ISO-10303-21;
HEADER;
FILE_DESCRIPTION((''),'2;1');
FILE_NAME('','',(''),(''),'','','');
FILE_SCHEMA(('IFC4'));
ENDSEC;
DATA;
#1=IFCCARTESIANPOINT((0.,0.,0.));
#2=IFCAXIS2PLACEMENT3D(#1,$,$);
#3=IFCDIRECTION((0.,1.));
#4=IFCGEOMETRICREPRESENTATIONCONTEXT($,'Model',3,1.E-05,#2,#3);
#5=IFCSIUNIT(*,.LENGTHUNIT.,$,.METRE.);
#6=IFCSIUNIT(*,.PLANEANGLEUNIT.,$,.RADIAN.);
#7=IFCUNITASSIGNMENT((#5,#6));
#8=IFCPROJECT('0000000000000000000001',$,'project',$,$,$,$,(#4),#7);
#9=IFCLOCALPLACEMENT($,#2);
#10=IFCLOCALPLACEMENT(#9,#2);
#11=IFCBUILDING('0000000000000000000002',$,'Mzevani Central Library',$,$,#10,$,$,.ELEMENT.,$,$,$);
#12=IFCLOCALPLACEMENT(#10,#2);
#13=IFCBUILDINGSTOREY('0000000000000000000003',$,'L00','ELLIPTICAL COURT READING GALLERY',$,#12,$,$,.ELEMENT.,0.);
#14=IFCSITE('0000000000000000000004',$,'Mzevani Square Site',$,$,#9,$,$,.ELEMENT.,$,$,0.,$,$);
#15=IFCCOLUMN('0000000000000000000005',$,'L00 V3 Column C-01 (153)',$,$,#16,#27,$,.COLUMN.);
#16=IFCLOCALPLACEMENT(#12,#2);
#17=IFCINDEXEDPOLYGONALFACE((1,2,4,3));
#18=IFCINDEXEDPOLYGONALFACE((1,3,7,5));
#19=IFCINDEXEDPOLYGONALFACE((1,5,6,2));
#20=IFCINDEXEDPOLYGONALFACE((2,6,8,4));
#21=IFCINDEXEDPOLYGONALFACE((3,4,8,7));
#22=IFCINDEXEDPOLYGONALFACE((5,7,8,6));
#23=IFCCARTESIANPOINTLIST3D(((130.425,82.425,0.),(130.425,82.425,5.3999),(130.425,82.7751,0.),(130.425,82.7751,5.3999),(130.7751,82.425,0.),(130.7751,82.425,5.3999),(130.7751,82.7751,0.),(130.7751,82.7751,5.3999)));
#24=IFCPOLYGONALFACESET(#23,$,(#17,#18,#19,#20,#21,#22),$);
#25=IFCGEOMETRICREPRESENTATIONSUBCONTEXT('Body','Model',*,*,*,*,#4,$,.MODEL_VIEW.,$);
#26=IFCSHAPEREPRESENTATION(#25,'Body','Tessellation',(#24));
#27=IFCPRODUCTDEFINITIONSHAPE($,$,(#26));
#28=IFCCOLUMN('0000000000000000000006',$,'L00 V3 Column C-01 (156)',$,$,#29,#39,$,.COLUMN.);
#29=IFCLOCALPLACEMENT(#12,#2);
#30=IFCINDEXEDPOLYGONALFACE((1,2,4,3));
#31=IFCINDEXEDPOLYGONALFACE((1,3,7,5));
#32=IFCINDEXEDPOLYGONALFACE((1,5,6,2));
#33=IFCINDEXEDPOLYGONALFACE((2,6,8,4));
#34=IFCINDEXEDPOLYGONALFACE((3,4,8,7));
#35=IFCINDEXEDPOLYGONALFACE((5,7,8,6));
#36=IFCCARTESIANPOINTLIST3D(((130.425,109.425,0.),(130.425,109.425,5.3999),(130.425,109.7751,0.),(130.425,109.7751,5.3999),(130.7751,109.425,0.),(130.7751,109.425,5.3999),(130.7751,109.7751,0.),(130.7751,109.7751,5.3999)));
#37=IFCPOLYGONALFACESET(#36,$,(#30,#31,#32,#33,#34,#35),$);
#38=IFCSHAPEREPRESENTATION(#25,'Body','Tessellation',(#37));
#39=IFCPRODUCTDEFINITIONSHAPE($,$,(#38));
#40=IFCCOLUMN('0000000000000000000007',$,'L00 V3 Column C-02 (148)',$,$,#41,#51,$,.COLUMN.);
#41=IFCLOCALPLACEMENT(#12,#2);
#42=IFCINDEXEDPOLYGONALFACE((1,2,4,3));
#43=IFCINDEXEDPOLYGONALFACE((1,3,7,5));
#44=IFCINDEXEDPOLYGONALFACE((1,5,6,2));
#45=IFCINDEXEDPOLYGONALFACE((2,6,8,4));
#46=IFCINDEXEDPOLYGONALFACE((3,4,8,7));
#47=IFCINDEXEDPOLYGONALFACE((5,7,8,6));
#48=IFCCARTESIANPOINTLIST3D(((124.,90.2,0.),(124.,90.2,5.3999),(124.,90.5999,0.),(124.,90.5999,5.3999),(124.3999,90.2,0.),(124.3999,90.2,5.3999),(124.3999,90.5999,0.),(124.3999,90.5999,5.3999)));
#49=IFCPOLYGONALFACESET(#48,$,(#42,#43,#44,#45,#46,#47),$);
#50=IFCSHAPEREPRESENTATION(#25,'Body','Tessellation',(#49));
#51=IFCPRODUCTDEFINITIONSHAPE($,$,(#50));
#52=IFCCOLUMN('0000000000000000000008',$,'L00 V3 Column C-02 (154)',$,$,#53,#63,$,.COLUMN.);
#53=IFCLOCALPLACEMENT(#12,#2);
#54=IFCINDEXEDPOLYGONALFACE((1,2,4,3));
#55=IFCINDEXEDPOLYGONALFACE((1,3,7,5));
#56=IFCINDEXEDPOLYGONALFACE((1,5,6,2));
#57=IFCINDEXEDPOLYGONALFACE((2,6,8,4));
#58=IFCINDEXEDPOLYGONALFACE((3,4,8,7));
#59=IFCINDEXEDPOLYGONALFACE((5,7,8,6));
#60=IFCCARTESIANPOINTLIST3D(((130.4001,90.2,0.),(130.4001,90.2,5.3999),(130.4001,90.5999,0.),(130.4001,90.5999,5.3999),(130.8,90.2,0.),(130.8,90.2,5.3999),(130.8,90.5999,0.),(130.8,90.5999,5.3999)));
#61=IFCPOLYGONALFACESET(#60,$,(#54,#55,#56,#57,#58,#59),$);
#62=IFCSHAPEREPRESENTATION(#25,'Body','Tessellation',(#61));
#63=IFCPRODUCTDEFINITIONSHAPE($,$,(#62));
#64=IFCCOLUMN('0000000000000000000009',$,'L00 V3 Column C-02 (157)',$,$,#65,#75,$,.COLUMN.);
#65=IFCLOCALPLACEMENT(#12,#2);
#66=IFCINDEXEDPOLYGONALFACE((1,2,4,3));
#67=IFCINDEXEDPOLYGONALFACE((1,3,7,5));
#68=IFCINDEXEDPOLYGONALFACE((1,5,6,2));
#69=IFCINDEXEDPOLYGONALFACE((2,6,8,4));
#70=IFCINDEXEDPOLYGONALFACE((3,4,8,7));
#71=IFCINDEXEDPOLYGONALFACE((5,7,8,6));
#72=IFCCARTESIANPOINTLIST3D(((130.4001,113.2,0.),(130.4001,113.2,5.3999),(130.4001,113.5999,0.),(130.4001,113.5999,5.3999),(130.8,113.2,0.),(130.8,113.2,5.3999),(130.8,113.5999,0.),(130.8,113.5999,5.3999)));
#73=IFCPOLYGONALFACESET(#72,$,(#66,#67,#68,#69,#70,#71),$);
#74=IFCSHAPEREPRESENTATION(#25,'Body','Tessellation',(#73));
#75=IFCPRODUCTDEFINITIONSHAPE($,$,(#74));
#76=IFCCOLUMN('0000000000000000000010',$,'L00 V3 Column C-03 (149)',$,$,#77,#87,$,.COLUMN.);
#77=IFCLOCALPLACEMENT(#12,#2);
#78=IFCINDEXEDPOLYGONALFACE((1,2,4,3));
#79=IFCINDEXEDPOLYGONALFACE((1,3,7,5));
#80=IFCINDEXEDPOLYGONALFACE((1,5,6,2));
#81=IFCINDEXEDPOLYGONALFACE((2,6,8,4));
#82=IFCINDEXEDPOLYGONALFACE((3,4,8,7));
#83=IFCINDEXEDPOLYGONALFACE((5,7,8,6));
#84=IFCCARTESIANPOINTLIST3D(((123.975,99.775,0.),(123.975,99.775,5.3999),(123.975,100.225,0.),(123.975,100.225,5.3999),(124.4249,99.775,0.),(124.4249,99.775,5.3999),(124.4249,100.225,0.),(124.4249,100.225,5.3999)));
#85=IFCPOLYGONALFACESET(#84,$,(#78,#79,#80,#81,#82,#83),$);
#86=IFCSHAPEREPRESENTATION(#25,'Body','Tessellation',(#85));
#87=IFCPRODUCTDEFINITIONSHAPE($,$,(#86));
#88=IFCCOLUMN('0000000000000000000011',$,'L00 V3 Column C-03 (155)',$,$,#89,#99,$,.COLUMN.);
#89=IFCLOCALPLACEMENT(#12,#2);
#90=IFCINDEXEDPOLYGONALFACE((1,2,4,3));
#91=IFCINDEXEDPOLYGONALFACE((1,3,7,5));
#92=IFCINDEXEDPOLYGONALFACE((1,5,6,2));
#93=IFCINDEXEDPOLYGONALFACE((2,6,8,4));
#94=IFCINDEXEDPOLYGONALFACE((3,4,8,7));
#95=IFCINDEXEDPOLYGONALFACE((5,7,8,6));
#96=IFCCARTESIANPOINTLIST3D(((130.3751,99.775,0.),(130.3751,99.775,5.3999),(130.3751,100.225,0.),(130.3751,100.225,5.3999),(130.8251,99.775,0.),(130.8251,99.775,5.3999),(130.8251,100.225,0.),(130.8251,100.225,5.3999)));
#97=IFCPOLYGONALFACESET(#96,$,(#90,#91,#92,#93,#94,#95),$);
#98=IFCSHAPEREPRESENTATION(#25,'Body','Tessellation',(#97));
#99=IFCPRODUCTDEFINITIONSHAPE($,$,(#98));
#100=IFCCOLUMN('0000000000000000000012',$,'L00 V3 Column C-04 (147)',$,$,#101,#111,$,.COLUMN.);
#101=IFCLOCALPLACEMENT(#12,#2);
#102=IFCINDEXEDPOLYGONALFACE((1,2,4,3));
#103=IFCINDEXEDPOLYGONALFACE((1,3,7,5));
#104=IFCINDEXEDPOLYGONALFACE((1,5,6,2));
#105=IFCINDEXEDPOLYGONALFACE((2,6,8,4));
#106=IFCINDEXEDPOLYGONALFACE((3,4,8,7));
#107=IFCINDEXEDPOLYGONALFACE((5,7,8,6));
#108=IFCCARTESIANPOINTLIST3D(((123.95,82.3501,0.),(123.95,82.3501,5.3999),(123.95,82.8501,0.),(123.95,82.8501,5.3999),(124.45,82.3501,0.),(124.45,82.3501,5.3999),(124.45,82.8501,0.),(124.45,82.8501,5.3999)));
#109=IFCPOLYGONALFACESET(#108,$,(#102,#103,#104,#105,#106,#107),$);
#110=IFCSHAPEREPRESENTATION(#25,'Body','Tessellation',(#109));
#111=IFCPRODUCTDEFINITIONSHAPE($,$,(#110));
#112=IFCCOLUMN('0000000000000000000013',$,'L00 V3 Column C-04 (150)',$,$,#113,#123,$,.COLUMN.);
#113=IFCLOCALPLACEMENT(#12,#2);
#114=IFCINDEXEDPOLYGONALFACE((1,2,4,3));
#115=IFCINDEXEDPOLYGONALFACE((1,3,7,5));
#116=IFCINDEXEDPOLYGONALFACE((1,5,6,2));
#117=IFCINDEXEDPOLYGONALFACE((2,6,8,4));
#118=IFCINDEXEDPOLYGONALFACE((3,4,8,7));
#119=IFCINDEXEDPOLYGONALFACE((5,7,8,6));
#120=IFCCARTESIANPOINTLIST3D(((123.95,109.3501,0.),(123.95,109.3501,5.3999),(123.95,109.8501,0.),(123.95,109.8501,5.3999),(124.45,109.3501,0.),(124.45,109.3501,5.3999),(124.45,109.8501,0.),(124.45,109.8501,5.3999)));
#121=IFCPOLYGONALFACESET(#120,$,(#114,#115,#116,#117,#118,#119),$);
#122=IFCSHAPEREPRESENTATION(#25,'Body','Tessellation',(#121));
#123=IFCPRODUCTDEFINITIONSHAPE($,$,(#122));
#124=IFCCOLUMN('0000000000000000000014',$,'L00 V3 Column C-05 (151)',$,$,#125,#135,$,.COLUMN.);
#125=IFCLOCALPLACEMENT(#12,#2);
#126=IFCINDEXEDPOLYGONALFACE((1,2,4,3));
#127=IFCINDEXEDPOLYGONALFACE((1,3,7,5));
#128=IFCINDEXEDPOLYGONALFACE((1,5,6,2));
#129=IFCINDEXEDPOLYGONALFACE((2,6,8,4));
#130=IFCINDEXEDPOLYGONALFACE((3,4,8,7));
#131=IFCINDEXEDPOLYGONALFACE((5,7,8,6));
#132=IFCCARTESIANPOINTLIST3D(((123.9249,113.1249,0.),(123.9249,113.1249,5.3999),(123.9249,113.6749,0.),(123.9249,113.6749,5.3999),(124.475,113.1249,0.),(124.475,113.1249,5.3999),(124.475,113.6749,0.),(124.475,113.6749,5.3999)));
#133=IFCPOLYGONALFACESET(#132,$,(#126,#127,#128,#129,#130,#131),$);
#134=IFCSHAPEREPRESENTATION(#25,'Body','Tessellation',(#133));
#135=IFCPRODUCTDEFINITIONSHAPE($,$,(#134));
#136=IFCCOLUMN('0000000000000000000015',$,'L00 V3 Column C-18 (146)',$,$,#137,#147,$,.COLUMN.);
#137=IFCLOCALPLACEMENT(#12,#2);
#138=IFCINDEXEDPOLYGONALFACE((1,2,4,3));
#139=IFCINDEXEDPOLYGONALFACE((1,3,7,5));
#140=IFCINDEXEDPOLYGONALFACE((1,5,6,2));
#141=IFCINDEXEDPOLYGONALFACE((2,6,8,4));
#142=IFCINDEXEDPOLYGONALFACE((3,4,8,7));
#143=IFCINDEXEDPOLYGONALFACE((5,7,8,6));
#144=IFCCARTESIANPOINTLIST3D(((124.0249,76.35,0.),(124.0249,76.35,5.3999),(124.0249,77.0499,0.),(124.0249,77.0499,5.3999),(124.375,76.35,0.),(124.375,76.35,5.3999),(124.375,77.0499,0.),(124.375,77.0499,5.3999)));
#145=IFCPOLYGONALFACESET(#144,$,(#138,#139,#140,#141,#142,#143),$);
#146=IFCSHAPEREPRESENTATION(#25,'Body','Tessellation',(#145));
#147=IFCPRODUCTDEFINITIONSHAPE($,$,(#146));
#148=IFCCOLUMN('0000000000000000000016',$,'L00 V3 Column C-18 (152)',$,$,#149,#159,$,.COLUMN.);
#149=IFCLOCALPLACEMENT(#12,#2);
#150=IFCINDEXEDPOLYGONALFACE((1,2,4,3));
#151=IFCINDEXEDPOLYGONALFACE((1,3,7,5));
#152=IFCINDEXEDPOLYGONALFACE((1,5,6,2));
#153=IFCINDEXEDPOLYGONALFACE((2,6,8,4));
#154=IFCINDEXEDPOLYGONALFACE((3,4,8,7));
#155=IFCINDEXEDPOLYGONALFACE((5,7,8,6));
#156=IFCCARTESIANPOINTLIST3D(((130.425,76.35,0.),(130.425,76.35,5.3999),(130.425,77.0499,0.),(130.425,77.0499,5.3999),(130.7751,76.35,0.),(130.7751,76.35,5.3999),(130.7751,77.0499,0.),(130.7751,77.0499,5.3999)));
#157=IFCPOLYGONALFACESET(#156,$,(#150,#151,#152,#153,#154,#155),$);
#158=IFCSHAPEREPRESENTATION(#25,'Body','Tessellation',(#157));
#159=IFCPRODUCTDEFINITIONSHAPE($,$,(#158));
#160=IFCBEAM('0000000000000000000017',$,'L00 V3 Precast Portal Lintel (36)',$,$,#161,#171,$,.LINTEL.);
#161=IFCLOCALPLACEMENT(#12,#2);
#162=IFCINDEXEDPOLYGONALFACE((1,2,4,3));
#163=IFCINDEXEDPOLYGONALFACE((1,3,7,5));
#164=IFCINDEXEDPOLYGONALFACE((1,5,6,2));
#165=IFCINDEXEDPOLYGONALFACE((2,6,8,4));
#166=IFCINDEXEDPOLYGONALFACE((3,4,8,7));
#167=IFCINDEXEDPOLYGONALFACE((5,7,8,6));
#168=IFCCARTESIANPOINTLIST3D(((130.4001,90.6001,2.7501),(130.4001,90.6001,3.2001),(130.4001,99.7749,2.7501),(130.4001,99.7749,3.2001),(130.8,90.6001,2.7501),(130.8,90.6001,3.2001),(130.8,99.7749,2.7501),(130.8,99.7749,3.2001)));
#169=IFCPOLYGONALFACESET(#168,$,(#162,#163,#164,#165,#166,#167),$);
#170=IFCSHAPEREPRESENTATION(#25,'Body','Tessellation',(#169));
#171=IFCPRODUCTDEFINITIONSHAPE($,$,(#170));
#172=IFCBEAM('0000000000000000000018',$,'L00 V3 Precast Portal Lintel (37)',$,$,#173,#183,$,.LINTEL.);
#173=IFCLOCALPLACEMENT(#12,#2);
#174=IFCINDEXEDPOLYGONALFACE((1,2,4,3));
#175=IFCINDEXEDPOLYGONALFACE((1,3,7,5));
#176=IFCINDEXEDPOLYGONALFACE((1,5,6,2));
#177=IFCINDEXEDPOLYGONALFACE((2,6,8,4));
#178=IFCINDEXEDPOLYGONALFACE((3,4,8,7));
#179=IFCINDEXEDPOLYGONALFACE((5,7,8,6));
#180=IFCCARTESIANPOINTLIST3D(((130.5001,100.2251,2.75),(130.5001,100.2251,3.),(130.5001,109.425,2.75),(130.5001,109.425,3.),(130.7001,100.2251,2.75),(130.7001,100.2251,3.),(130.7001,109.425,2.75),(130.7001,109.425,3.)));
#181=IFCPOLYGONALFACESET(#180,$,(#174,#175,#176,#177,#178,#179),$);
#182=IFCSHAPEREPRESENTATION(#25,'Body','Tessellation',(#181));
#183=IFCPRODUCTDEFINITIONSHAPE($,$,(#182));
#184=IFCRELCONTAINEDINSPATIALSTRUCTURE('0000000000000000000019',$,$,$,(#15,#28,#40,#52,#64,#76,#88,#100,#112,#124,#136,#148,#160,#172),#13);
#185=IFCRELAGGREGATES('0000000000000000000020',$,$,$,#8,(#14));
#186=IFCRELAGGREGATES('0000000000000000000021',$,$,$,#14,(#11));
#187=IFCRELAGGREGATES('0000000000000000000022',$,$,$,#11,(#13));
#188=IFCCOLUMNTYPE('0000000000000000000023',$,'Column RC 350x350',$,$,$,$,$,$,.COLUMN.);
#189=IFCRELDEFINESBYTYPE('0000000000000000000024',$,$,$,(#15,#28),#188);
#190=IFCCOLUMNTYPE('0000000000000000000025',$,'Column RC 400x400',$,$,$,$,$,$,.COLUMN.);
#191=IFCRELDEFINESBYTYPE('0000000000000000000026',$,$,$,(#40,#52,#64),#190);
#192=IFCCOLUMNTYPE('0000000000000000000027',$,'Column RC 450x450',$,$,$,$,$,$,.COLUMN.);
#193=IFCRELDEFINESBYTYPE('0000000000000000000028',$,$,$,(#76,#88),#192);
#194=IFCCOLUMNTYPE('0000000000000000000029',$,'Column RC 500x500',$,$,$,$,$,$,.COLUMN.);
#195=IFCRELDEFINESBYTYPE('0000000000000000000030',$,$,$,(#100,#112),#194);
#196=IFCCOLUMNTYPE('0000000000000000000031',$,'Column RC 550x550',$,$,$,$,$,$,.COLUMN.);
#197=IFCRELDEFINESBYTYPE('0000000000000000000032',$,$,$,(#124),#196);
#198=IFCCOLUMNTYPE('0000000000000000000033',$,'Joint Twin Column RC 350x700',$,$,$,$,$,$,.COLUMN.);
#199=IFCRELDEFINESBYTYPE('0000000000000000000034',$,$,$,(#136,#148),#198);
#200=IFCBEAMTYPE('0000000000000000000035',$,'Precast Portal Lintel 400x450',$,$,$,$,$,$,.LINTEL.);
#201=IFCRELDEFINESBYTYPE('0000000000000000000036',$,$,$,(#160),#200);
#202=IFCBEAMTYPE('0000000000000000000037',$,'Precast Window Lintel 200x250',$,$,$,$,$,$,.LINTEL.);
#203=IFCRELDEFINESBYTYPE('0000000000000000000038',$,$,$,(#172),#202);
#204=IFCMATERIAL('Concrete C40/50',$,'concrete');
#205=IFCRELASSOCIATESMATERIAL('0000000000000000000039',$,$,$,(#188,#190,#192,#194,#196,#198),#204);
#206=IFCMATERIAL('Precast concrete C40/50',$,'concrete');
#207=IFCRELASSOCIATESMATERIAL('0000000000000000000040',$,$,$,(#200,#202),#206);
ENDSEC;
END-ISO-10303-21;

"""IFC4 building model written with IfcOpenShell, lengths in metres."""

from ifc_helpers import new_model, si_unit, direction, frame, origin, origin_2d, place, context, subcontext, project, spatial, rectangle, extrude, material, material_profile, profile_set, type_object, element, save


model = new_model("IFC4")

# Units and contexts
model_context = context("Model", 3, precision=1e-05, world=origin(), true_north=direction((0.0, 1.0)))
body_context = subcontext(model_context, "Body", "Model", "MODEL_VIEW")
ifc_project = project(units=[si_unit("LENGTHUNIT", "METRE"), si_unit("PLANEANGLEUNIT", "RADIAN")], contexts=[model_context])

# Site, building, storey
site_placement = place(None, origin())
site = spatial("IfcSite", under=ifc_project, at=site_placement, Name="Mzevani Square Site", CompositionType="ELEMENT", RefElevation=0.0)
building_placement = place(site_placement, origin())
building = spatial("IfcBuilding", under=site, at=building_placement, Name="Mzevani Central Library", CompositionType="ELEMENT")
storey_placement = place(building_placement, origin())
storey = spatial("IfcBuildingStorey", under=building, at=storey_placement, Name="L00", Description="ELLIPTICAL COURT READING GALLERY", CompositionType="ELEMENT", Elevation=0.0)

# Columns
ifc_material_1 = material(Name="Concrete C40/50", Category="concrete")
ifc_material_profile_1 = material_profile(ifc_material_1, rectangle(XDim=0.3501, YDim=0.3501, at=origin_2d()), Name="RC 350x350")
ifc_profile_set_1 = profile_set([ifc_material_profile_1], Name="Concrete C40/50")
column_type_1 = type_object("IfcColumnType", Name="Column RC 350x350", PredefinedType="COLUMN", material=ifc_profile_set_1)
for number, where, z_axis, x_axis, name in (
    (1, (130.6001, 82.6001, 0.0), (0.0, 0.0, 1.0), (1.0, 0.0, 0.0), "L00 V3 Column C-01 (153)"),
    (2, (130.6001, 109.6001, 0.0), (0.0, 0.0, 1.0), (1.0, 0.0, 0.0), "L00 V3 Column C-01 (156)"),
):
    element("IfcColumn", number, at=place(storey_placement, frame(where, z_axis=z_axis, x_axis=x_axis)), inside=storey, type_object=column_type_1, Name=name, PredefinedType="COLUMN", context=body_context, shape_type="SweptSolid", body=[
        extrude(rectangle(XDim=0.3501, YDim=0.3501, at=origin_2d()), origin(), (0.0, 0.0, 1.0), 5.3999),
    ])
ifc_material_profile_2 = material_profile(ifc_material_1, rectangle(XDim=0.3999, YDim=0.3999, at=origin_2d()), Name="RC 400x400")
ifc_profile_set_2 = profile_set([ifc_material_profile_2], Name="Concrete C40/50")
column_type_2 = type_object("IfcColumnType", Name="Column RC 400x400", PredefinedType="COLUMN", material=ifc_profile_set_2)
for number, where, z_axis, x_axis, name in (
    (3, (124.2, 90.3999, 0.0), (0.0, 0.0, 1.0), (1.0, 0.0, 0.0), "L00 V3 Column C-02 (148)"),
    (4, (130.6001, 90.3999, 0.0), (0.0, 0.0, 1.0), (1.0, 0.0, 0.0), "L00 V3 Column C-02 (154)"),
    (5, (130.6001, 113.3999, 0.0), (0.0, 0.0, 1.0), (1.0, 0.0, 0.0), "L00 V3 Column C-02 (157)"),
):
    element("IfcColumn", number, at=place(storey_placement, frame(where, z_axis=z_axis, x_axis=x_axis)), inside=storey, type_object=column_type_2, Name=name, PredefinedType="COLUMN", context=body_context, shape_type="SweptSolid", body=[
        extrude(rectangle(XDim=0.3999, YDim=0.3999, at=origin_2d()), origin(), (0.0, 0.0, 1.0), 5.3999),
    ])
ifc_material_profile_3 = material_profile(ifc_material_1, rectangle(XDim=0.45, YDim=0.45, at=origin_2d()), Name="RC 450x450")
ifc_profile_set_3 = profile_set([ifc_material_profile_3], Name="Concrete C40/50")
column_type_3 = type_object("IfcColumnType", Name="Column RC 450x450", PredefinedType="COLUMN", material=ifc_profile_set_3)
for number, where, z_axis, x_axis, name in (
    (6, (124.2, 100.0, 0.0), (0.0, 0.0, 1.0), (1.0, 0.0, 0.0), "L00 V3 Column C-03 (149)"),
    (7, (130.6001, 100.0, 0.0), (0.0, 0.0, 1.0), (1.0, 0.0, 0.0), "L00 V3 Column C-03 (155)"),
):
    element("IfcColumn", number, at=place(storey_placement, frame(where, z_axis=z_axis, x_axis=x_axis)), inside=storey, type_object=column_type_3, Name=name, PredefinedType="COLUMN", context=body_context, shape_type="SweptSolid", body=[
        extrude(rectangle(XDim=0.45, YDim=0.45, at=origin_2d()), origin(), (0.0, 0.0, 1.0), 5.3999),
    ])
ifc_material_profile_4 = material_profile(ifc_material_1, rectangle(XDim=0.5, YDim=0.5, at=origin_2d()), Name="RC 500x500")
ifc_profile_set_4 = profile_set([ifc_material_profile_4], Name="Concrete C40/50")
column_type_4 = type_object("IfcColumnType", Name="Column RC 500x500", PredefinedType="COLUMN", material=ifc_profile_set_4)
for number, where, z_axis, x_axis, name in (
    (8, (124.2, 82.6001, 0.0), (0.0, 0.0, 1.0), (1.0, 0.0, 0.0), "L00 V3 Column C-04 (147)"),
    (9, (124.2, 109.6001, 0.0), (0.0, 0.0, 1.0), (1.0, 0.0, 0.0), "L00 V3 Column C-04 (150)"),
):
    element("IfcColumn", number, at=place(storey_placement, frame(where, z_axis=z_axis, x_axis=x_axis)), inside=storey, type_object=column_type_4, Name=name, PredefinedType="COLUMN", context=body_context, shape_type="SweptSolid", body=[
        extrude(rectangle(XDim=0.5, YDim=0.5, at=origin_2d()), origin(), (0.0, 0.0, 1.0), 5.3999),
    ])
ifc_material_profile_5 = material_profile(ifc_material_1, rectangle(XDim=0.55, YDim=0.55, at=origin_2d()), Name="RC 550x550")
ifc_profile_set_5 = profile_set([ifc_material_profile_5], Name="Concrete C40/50")
column_type_5 = type_object("IfcColumnType", Name="Column RC 550x550", PredefinedType="COLUMN", material=ifc_profile_set_5)
column_placement = place(storey_placement, frame((124.2, 113.3999, 0.0), z_axis=(0.0, 0.0, 1.0), x_axis=(1.0, 0.0, 0.0)))
element("IfcColumn", 10, at=column_placement, inside=storey, type_object=column_type_5, Name="L00 V3 Column C-05 (151)", PredefinedType="COLUMN", context=body_context, shape_type="SweptSolid", body=[
    extrude(rectangle(XDim=0.55, YDim=0.55, at=origin_2d()), origin(), (0.0, 0.0, 1.0), 5.3999),
])
ifc_material_profile_6 = material_profile(ifc_material_1, rectangle(XDim=0.3501, YDim=0.7, at=origin_2d()), Name="RC 350x700")
ifc_profile_set_6 = profile_set([ifc_material_profile_6], Name="Concrete C40/50")
column_type_6 = type_object("IfcColumnType", Name="Joint Twin Column RC 350x700", PredefinedType="COLUMN", material=ifc_profile_set_6)
for number, where, z_axis, x_axis, name in (
    (11, (124.2, 76.7, 0.0), (0.0, 0.0, 1.0), (1.0, 0.0, 0.0), "L00 V3 Column C-18 (146)"),
    (12, (130.6001, 76.7, 0.0), (0.0, 0.0, 1.0), (1.0, 0.0, 0.0), "L00 V3 Column C-18 (152)"),
):
    element("IfcColumn", number, at=place(storey_placement, frame(where, z_axis=z_axis, x_axis=x_axis)), inside=storey, type_object=column_type_6, Name=name, PredefinedType="COLUMN", context=body_context, shape_type="SweptSolid", body=[
        extrude(rectangle(XDim=0.3501, YDim=0.7, at=origin_2d()), origin(), (0.0, 0.0, 1.0), 5.3999),
    ])

# Beams
ifc_material_2 = material(Name="Precast concrete C40/50", Category="concrete")
ifc_material_profile_7 = material_profile(ifc_material_2, rectangle(XDim=0.3999, YDim=0.45, at=origin_2d()), Name="PC LN400x450")
ifc_profile_set_7 = profile_set([ifc_material_profile_7], Name="Precast concrete C40/50")
beam_type_1 = type_object("IfcBeamType", Name="Precast Portal Lintel 400x450", PredefinedType="LINTEL", material=ifc_profile_set_7)
beam_1_placement = place(storey_placement, frame((130.6001, 90.6001, 2.9751), z_axis=(0.0, 1.0, 0.0), x_axis=(-1.0, 0.0, 0.0)))
element("IfcBeam", 13, at=beam_1_placement, inside=storey, type_object=beam_type_1, Name="L00 V3 Precast Portal Lintel (36)", PredefinedType="LINTEL", context=body_context, shape_type="SweptSolid", body=[
    extrude(rectangle(XDim=0.3999, YDim=0.45, at=origin_2d()), origin(), (0.0, 0.0, 1.0), 9.1748),
])
ifc_material_profile_8 = material_profile(ifc_material_2, rectangle(XDim=0.2, YDim=0.25, at=origin_2d()), Name="PC LN200x250")
ifc_profile_set_8 = profile_set([ifc_material_profile_8], Name="Precast concrete C40/50")
beam_type_2 = type_object("IfcBeamType", Name="Precast Window Lintel 200x250", PredefinedType="LINTEL", material=ifc_profile_set_8)
beam_2_placement = place(storey_placement, frame((130.6001, 100.2251, 2.875), z_axis=(0.0, 1.0, 0.0), x_axis=(-1.0, 0.0, 0.0)))
element("IfcBeam", 14, at=beam_2_placement, inside=storey, type_object=beam_type_2, Name="L00 V3 Precast Portal Lintel (37)", PredefinedType="LINTEL", context=body_context, shape_type="SweptSolid", body=[
    extrude(rectangle(XDim=0.2, YDim=0.25, at=origin_2d()), origin(), (0.0, 0.0, 1.0), 9.2),
])

save(model, "model.ifc")
